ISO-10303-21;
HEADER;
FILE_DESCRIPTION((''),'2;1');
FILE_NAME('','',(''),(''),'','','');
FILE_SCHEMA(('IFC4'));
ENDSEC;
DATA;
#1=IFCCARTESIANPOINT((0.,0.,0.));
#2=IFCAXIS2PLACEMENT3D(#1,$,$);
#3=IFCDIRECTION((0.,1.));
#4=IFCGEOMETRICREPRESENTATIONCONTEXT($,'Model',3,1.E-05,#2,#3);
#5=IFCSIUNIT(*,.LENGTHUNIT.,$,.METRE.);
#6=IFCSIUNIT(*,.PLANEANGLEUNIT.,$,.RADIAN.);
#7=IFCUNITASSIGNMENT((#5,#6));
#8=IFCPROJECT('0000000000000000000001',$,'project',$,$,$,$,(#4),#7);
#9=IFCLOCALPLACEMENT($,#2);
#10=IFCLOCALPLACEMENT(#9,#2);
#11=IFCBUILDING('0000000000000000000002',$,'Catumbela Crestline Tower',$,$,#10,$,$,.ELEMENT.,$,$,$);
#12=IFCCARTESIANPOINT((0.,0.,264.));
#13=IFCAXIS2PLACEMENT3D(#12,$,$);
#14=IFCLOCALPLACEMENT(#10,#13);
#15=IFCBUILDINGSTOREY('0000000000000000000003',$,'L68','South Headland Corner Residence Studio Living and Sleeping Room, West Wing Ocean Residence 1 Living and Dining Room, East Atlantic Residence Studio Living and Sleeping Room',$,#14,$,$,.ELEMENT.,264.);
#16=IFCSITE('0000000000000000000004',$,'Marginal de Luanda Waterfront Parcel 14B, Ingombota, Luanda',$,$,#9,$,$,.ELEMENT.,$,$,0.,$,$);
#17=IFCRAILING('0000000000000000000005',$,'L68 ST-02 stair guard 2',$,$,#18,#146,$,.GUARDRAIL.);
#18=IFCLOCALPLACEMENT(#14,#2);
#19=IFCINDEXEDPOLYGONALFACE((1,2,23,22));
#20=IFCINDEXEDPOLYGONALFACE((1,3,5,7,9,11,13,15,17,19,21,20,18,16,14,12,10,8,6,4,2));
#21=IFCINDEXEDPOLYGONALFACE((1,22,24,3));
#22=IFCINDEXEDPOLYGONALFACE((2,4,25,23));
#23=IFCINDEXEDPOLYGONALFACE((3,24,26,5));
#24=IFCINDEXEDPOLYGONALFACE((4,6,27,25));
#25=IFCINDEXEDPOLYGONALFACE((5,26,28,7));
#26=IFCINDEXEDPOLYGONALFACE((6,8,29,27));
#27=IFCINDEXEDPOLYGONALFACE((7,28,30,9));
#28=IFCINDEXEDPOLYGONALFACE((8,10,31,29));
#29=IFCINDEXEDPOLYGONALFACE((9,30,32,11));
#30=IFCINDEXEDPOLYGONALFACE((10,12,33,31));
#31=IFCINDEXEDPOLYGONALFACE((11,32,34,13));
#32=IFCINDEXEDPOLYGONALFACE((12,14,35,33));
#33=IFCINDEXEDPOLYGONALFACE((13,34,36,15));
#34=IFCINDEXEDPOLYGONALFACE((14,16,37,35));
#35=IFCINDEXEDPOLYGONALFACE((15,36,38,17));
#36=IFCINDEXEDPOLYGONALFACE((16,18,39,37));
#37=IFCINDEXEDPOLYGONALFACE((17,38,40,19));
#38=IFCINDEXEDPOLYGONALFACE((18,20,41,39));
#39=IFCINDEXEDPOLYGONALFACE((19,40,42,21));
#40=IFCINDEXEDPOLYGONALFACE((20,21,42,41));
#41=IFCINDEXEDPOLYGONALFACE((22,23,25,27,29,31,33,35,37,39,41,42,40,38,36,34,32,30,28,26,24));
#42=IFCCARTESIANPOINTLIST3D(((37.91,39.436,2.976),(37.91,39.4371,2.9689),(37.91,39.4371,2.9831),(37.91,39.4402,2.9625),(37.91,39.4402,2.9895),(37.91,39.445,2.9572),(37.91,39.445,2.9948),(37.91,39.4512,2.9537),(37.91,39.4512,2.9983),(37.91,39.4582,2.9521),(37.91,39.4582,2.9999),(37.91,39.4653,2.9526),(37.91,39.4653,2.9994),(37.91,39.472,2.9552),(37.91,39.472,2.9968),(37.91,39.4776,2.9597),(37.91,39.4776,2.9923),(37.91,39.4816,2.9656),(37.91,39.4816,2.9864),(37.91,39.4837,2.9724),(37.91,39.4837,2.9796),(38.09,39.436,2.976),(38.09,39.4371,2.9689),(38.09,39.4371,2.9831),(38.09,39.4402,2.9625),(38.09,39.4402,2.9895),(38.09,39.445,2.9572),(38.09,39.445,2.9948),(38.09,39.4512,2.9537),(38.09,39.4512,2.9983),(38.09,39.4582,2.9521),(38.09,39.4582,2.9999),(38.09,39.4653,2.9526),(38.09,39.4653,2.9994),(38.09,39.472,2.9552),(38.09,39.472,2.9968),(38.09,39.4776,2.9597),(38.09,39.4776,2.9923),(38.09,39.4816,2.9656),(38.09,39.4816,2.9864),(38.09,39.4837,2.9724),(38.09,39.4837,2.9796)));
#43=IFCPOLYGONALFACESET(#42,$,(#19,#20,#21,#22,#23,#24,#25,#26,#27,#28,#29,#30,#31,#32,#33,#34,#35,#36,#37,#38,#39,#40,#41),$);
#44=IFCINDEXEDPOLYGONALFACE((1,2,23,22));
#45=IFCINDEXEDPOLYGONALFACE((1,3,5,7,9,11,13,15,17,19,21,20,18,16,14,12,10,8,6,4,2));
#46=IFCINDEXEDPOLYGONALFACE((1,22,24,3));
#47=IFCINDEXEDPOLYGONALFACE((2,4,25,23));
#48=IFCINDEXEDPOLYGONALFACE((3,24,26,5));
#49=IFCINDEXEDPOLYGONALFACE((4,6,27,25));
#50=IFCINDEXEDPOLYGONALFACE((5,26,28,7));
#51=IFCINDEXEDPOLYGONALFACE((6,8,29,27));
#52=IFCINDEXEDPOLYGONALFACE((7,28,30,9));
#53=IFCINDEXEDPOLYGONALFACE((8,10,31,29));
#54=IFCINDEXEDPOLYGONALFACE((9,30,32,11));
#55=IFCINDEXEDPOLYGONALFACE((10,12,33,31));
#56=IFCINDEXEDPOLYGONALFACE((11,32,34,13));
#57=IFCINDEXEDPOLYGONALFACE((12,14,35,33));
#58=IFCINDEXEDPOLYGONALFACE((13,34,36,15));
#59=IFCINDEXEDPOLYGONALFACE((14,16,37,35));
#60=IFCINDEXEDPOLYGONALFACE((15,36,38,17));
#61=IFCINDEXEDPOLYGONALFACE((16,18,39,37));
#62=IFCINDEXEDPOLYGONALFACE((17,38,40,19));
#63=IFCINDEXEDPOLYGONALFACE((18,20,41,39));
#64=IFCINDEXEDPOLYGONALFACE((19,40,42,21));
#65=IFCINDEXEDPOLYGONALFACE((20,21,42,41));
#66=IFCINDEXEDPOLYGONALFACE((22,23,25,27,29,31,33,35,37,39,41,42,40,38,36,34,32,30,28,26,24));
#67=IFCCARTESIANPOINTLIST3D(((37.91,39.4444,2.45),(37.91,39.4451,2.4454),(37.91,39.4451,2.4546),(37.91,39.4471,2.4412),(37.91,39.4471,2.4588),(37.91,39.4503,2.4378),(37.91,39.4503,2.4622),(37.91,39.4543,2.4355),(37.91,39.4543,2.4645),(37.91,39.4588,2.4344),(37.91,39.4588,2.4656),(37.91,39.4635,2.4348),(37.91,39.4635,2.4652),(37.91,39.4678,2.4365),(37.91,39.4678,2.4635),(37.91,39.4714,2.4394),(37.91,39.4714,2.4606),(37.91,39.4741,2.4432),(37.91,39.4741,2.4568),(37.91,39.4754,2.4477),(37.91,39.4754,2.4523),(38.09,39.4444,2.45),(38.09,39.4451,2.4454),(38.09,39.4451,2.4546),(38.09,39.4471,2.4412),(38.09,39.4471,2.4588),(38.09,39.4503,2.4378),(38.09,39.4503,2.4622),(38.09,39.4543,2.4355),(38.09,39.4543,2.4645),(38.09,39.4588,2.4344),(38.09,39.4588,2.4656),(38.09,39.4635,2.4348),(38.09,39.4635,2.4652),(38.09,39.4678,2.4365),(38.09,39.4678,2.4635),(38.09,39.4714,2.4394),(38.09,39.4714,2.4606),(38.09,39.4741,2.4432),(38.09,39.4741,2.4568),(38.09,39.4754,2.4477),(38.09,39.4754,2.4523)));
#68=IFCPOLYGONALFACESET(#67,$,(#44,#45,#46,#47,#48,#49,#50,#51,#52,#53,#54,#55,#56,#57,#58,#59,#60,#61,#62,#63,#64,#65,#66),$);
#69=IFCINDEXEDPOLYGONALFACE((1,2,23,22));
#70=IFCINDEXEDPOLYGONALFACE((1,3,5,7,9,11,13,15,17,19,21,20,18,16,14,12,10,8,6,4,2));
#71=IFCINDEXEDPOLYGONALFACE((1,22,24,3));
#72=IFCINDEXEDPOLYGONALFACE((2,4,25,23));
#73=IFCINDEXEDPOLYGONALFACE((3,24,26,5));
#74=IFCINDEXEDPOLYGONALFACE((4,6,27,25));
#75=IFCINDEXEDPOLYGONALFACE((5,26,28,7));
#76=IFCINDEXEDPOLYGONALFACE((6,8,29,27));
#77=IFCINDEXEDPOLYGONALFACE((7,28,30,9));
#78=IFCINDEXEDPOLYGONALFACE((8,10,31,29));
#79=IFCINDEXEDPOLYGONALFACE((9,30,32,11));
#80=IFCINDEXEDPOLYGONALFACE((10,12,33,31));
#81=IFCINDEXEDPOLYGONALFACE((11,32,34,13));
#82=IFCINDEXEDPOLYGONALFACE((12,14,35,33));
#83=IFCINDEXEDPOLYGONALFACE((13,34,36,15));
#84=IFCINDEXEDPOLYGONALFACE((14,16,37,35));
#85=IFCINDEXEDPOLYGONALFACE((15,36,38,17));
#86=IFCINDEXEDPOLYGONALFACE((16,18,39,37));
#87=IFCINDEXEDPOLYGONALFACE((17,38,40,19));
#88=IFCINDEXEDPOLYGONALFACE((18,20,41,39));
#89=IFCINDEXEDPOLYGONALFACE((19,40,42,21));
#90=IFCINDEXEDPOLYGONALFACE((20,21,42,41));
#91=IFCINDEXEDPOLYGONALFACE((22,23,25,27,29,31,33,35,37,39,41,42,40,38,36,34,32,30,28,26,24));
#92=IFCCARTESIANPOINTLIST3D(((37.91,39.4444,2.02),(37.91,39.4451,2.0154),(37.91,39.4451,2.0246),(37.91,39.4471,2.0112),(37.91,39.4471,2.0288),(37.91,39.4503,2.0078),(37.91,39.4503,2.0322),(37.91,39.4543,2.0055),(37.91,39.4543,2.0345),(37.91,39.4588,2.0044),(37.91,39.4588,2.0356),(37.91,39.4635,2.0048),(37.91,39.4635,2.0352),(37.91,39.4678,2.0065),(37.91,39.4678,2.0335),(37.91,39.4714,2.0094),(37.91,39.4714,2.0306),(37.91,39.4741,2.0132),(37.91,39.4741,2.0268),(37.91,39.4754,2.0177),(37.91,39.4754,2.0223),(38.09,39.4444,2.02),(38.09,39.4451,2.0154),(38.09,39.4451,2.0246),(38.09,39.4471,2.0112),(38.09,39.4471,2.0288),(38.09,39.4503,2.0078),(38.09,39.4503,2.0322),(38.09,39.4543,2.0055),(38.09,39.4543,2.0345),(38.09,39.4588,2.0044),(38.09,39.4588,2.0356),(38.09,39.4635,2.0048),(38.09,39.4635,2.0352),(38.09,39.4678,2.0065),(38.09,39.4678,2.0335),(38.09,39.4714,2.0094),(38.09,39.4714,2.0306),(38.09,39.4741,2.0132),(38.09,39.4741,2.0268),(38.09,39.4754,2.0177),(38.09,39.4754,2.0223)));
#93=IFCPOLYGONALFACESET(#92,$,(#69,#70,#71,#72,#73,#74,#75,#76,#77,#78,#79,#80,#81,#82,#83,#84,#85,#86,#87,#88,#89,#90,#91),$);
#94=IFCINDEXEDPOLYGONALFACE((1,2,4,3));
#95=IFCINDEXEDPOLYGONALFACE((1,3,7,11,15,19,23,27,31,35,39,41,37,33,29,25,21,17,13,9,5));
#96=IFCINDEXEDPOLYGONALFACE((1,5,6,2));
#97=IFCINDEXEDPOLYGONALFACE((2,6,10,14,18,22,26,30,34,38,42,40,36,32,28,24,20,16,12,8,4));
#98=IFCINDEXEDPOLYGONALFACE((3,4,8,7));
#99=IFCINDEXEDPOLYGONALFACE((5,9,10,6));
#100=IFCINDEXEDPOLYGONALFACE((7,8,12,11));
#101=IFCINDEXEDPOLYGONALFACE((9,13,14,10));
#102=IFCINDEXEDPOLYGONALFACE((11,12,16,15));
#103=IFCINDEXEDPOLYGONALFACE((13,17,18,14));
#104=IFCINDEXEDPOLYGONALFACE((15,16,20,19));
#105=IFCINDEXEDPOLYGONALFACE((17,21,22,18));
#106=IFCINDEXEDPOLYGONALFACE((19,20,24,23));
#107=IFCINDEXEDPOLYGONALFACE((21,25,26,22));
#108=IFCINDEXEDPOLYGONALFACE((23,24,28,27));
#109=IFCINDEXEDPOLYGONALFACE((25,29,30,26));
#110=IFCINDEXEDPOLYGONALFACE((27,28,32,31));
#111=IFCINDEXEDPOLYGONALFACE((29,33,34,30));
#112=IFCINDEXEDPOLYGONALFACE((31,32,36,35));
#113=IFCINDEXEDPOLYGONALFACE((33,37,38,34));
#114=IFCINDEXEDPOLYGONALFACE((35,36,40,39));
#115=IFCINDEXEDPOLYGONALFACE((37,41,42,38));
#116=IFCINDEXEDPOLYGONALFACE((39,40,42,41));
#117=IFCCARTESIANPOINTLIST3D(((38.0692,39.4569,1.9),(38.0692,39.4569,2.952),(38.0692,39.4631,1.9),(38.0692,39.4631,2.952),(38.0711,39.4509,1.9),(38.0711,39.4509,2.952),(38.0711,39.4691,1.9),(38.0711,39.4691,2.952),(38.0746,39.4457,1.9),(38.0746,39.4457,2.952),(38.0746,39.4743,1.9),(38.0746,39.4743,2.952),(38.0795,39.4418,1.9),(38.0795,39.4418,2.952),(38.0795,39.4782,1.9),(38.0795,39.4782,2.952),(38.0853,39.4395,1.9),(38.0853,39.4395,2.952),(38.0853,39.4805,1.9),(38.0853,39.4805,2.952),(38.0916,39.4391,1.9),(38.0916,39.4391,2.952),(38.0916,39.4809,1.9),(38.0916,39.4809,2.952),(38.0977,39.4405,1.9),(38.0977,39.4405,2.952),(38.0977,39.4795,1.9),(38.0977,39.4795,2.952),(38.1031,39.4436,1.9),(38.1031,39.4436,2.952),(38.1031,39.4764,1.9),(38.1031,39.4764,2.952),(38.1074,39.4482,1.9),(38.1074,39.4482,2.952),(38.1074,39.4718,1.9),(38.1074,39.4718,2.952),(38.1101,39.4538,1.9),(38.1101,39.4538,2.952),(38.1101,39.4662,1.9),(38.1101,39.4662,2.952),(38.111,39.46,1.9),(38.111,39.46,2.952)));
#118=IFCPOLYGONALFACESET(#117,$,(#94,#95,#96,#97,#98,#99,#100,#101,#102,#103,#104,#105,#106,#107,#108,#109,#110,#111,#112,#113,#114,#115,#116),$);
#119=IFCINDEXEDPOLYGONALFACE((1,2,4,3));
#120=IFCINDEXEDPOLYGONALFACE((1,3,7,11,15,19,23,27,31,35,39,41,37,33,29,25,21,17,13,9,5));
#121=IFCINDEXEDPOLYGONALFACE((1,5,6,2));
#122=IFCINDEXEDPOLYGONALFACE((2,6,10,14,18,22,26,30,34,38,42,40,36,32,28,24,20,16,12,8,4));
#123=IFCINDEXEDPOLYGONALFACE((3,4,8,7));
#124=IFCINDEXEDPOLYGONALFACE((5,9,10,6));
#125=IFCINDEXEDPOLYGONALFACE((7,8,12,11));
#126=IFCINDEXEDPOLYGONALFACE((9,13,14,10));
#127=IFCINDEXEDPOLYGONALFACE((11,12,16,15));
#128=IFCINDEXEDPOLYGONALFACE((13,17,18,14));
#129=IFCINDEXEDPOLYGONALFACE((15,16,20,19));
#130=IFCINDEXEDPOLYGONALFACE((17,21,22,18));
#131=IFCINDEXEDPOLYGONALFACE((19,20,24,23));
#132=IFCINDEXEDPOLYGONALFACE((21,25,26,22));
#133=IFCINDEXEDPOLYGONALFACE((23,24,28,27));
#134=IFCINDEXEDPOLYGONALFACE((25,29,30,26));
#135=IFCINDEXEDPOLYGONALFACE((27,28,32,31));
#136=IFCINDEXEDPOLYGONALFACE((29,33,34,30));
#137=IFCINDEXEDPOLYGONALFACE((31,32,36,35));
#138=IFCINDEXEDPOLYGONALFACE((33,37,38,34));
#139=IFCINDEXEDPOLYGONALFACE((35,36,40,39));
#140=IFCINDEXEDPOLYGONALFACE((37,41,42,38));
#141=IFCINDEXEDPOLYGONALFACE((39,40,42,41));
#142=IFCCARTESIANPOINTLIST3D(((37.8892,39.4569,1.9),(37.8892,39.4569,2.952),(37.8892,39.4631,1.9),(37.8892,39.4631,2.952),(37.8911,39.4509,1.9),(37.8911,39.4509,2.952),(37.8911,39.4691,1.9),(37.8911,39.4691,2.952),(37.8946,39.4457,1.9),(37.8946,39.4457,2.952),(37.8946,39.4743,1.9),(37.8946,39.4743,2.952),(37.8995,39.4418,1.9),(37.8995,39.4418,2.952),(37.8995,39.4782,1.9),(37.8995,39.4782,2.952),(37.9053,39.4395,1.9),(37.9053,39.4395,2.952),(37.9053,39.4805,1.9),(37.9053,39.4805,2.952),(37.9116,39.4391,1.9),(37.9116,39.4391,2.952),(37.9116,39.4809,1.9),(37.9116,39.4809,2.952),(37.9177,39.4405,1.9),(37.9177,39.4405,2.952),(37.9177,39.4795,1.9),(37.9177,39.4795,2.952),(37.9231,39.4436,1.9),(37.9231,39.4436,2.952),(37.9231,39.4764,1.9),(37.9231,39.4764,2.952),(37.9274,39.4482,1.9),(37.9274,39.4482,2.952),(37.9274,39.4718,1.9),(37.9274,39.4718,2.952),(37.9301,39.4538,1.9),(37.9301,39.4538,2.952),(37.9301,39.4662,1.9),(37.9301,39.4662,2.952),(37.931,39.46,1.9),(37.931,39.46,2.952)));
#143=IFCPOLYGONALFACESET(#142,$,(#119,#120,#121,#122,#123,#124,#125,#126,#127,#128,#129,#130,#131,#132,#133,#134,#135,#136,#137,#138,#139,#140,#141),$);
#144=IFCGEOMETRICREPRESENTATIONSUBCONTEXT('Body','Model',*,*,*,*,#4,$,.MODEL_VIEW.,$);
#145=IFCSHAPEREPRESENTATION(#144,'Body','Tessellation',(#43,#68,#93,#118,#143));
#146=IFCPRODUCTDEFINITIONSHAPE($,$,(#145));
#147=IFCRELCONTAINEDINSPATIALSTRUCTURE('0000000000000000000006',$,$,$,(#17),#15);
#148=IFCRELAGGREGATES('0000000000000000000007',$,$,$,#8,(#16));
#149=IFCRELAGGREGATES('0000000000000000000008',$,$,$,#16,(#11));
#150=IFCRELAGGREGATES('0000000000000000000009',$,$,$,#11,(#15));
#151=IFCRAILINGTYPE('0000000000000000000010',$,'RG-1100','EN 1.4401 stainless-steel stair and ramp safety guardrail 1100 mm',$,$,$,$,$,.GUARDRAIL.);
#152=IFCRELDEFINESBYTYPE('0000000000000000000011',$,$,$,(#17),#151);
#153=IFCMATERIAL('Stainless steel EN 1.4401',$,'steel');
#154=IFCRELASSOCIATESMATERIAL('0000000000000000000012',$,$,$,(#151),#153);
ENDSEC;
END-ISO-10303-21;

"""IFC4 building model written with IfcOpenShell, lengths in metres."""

from ifc_helpers import new_model, si_unit, direction, frame, origin, origin_2d, place, context, subcontext, project, spatial, circle, extrude, material, type_object, element, save


model = new_model("IFC4")

# Units and contexts
model_context = context("Model", 3, precision=1e-05, world=origin(), true_north=direction((0.0, 1.0)))
body_context = subcontext(model_context, "Body", "Model", "MODEL_VIEW")
ifc_project = project(units=[si_unit("LENGTHUNIT", "METRE"), si_unit("PLANEANGLEUNIT", "RADIAN")], contexts=[model_context])

# Site, building, storey
site_placement = place(None, origin())
site = spatial("IfcSite", under=ifc_project, at=site_placement, Name="Marginal de Luanda Waterfront Parcel 14B, Ingombota, Luanda", CompositionType="ELEMENT", RefElevation=0.0)
building_placement = place(site_placement, origin())
building = spatial("IfcBuilding", under=site, at=building_placement, Name="Catumbela Crestline Tower", CompositionType="ELEMENT")
storey_placement = place(building_placement, frame((0.0, 0.0, 264.0)))
storey = spatial("IfcBuildingStorey", under=building, at=storey_placement, Name="L68", Description="South Headland Corner Residence Studio Living and Sleeping Room, West Wing Ocean Residence 1 Living and Dining Room, East Atlantic Residence Studio Living and Sleeping Room", CompositionType="ELEMENT", Elevation=264.0)

# Shared definitions
ifc_material_1 = material(Name="Stainless steel EN 1.4401", Category="steel")

# Railing
railing_type_1 = type_object("IfcRailingType", Name="RG-1100", Description="EN 1.4401 stainless-steel stair and ramp safety guardrail 1100 mm", PredefinedType="GUARDRAIL", material=ifc_material_1)
railing_1_placement = place(storey_placement, frame((38.09, 39.46, 1.9)))
element("IfcRailing", 1, at=railing_1_placement, inside=storey, type_object=railing_type_1, Name="L68 ST-02 stair guard 2", PredefinedType="GUARDRAIL", context=body_context, shape_type="SweptSolid", body=[
    extrude(circle(Radius=0.024, at=origin_2d()), frame((0.0, 0.0, 1.076), z_axis=(-1.0, 0.0, 0.0), x_axis=(0.0, -1.0, 0.0)), (0.0, 0.0, 1.0), 0.18),
    extrude(circle(Radius=0.0156, at=origin_2d()), frame((0.0, 0.0, 0.55), z_axis=(-1.0, 0.0, 0.0), x_axis=(0.0, -1.0, 0.0)), (0.0, 0.0, 1.0), 0.18),
    extrude(circle(Radius=0.0156, at=origin_2d()), frame((0.0, 0.0, 0.12), z_axis=(-1.0, 0.0, 0.0), x_axis=(0.0, -1.0, 0.0)), (0.0, 0.0, 1.0), 0.18),
    extrude(circle(Radius=0.021, at=origin_2d()), origin(), (0.0, 0.0, 1.0), 1.052),
    extrude(circle(Radius=0.021, at=origin_2d()), frame((-0.18, 0.0, 0.0)), (0.0, 0.0, 1.0), 1.052),
])

save(model, "model.ifc")
